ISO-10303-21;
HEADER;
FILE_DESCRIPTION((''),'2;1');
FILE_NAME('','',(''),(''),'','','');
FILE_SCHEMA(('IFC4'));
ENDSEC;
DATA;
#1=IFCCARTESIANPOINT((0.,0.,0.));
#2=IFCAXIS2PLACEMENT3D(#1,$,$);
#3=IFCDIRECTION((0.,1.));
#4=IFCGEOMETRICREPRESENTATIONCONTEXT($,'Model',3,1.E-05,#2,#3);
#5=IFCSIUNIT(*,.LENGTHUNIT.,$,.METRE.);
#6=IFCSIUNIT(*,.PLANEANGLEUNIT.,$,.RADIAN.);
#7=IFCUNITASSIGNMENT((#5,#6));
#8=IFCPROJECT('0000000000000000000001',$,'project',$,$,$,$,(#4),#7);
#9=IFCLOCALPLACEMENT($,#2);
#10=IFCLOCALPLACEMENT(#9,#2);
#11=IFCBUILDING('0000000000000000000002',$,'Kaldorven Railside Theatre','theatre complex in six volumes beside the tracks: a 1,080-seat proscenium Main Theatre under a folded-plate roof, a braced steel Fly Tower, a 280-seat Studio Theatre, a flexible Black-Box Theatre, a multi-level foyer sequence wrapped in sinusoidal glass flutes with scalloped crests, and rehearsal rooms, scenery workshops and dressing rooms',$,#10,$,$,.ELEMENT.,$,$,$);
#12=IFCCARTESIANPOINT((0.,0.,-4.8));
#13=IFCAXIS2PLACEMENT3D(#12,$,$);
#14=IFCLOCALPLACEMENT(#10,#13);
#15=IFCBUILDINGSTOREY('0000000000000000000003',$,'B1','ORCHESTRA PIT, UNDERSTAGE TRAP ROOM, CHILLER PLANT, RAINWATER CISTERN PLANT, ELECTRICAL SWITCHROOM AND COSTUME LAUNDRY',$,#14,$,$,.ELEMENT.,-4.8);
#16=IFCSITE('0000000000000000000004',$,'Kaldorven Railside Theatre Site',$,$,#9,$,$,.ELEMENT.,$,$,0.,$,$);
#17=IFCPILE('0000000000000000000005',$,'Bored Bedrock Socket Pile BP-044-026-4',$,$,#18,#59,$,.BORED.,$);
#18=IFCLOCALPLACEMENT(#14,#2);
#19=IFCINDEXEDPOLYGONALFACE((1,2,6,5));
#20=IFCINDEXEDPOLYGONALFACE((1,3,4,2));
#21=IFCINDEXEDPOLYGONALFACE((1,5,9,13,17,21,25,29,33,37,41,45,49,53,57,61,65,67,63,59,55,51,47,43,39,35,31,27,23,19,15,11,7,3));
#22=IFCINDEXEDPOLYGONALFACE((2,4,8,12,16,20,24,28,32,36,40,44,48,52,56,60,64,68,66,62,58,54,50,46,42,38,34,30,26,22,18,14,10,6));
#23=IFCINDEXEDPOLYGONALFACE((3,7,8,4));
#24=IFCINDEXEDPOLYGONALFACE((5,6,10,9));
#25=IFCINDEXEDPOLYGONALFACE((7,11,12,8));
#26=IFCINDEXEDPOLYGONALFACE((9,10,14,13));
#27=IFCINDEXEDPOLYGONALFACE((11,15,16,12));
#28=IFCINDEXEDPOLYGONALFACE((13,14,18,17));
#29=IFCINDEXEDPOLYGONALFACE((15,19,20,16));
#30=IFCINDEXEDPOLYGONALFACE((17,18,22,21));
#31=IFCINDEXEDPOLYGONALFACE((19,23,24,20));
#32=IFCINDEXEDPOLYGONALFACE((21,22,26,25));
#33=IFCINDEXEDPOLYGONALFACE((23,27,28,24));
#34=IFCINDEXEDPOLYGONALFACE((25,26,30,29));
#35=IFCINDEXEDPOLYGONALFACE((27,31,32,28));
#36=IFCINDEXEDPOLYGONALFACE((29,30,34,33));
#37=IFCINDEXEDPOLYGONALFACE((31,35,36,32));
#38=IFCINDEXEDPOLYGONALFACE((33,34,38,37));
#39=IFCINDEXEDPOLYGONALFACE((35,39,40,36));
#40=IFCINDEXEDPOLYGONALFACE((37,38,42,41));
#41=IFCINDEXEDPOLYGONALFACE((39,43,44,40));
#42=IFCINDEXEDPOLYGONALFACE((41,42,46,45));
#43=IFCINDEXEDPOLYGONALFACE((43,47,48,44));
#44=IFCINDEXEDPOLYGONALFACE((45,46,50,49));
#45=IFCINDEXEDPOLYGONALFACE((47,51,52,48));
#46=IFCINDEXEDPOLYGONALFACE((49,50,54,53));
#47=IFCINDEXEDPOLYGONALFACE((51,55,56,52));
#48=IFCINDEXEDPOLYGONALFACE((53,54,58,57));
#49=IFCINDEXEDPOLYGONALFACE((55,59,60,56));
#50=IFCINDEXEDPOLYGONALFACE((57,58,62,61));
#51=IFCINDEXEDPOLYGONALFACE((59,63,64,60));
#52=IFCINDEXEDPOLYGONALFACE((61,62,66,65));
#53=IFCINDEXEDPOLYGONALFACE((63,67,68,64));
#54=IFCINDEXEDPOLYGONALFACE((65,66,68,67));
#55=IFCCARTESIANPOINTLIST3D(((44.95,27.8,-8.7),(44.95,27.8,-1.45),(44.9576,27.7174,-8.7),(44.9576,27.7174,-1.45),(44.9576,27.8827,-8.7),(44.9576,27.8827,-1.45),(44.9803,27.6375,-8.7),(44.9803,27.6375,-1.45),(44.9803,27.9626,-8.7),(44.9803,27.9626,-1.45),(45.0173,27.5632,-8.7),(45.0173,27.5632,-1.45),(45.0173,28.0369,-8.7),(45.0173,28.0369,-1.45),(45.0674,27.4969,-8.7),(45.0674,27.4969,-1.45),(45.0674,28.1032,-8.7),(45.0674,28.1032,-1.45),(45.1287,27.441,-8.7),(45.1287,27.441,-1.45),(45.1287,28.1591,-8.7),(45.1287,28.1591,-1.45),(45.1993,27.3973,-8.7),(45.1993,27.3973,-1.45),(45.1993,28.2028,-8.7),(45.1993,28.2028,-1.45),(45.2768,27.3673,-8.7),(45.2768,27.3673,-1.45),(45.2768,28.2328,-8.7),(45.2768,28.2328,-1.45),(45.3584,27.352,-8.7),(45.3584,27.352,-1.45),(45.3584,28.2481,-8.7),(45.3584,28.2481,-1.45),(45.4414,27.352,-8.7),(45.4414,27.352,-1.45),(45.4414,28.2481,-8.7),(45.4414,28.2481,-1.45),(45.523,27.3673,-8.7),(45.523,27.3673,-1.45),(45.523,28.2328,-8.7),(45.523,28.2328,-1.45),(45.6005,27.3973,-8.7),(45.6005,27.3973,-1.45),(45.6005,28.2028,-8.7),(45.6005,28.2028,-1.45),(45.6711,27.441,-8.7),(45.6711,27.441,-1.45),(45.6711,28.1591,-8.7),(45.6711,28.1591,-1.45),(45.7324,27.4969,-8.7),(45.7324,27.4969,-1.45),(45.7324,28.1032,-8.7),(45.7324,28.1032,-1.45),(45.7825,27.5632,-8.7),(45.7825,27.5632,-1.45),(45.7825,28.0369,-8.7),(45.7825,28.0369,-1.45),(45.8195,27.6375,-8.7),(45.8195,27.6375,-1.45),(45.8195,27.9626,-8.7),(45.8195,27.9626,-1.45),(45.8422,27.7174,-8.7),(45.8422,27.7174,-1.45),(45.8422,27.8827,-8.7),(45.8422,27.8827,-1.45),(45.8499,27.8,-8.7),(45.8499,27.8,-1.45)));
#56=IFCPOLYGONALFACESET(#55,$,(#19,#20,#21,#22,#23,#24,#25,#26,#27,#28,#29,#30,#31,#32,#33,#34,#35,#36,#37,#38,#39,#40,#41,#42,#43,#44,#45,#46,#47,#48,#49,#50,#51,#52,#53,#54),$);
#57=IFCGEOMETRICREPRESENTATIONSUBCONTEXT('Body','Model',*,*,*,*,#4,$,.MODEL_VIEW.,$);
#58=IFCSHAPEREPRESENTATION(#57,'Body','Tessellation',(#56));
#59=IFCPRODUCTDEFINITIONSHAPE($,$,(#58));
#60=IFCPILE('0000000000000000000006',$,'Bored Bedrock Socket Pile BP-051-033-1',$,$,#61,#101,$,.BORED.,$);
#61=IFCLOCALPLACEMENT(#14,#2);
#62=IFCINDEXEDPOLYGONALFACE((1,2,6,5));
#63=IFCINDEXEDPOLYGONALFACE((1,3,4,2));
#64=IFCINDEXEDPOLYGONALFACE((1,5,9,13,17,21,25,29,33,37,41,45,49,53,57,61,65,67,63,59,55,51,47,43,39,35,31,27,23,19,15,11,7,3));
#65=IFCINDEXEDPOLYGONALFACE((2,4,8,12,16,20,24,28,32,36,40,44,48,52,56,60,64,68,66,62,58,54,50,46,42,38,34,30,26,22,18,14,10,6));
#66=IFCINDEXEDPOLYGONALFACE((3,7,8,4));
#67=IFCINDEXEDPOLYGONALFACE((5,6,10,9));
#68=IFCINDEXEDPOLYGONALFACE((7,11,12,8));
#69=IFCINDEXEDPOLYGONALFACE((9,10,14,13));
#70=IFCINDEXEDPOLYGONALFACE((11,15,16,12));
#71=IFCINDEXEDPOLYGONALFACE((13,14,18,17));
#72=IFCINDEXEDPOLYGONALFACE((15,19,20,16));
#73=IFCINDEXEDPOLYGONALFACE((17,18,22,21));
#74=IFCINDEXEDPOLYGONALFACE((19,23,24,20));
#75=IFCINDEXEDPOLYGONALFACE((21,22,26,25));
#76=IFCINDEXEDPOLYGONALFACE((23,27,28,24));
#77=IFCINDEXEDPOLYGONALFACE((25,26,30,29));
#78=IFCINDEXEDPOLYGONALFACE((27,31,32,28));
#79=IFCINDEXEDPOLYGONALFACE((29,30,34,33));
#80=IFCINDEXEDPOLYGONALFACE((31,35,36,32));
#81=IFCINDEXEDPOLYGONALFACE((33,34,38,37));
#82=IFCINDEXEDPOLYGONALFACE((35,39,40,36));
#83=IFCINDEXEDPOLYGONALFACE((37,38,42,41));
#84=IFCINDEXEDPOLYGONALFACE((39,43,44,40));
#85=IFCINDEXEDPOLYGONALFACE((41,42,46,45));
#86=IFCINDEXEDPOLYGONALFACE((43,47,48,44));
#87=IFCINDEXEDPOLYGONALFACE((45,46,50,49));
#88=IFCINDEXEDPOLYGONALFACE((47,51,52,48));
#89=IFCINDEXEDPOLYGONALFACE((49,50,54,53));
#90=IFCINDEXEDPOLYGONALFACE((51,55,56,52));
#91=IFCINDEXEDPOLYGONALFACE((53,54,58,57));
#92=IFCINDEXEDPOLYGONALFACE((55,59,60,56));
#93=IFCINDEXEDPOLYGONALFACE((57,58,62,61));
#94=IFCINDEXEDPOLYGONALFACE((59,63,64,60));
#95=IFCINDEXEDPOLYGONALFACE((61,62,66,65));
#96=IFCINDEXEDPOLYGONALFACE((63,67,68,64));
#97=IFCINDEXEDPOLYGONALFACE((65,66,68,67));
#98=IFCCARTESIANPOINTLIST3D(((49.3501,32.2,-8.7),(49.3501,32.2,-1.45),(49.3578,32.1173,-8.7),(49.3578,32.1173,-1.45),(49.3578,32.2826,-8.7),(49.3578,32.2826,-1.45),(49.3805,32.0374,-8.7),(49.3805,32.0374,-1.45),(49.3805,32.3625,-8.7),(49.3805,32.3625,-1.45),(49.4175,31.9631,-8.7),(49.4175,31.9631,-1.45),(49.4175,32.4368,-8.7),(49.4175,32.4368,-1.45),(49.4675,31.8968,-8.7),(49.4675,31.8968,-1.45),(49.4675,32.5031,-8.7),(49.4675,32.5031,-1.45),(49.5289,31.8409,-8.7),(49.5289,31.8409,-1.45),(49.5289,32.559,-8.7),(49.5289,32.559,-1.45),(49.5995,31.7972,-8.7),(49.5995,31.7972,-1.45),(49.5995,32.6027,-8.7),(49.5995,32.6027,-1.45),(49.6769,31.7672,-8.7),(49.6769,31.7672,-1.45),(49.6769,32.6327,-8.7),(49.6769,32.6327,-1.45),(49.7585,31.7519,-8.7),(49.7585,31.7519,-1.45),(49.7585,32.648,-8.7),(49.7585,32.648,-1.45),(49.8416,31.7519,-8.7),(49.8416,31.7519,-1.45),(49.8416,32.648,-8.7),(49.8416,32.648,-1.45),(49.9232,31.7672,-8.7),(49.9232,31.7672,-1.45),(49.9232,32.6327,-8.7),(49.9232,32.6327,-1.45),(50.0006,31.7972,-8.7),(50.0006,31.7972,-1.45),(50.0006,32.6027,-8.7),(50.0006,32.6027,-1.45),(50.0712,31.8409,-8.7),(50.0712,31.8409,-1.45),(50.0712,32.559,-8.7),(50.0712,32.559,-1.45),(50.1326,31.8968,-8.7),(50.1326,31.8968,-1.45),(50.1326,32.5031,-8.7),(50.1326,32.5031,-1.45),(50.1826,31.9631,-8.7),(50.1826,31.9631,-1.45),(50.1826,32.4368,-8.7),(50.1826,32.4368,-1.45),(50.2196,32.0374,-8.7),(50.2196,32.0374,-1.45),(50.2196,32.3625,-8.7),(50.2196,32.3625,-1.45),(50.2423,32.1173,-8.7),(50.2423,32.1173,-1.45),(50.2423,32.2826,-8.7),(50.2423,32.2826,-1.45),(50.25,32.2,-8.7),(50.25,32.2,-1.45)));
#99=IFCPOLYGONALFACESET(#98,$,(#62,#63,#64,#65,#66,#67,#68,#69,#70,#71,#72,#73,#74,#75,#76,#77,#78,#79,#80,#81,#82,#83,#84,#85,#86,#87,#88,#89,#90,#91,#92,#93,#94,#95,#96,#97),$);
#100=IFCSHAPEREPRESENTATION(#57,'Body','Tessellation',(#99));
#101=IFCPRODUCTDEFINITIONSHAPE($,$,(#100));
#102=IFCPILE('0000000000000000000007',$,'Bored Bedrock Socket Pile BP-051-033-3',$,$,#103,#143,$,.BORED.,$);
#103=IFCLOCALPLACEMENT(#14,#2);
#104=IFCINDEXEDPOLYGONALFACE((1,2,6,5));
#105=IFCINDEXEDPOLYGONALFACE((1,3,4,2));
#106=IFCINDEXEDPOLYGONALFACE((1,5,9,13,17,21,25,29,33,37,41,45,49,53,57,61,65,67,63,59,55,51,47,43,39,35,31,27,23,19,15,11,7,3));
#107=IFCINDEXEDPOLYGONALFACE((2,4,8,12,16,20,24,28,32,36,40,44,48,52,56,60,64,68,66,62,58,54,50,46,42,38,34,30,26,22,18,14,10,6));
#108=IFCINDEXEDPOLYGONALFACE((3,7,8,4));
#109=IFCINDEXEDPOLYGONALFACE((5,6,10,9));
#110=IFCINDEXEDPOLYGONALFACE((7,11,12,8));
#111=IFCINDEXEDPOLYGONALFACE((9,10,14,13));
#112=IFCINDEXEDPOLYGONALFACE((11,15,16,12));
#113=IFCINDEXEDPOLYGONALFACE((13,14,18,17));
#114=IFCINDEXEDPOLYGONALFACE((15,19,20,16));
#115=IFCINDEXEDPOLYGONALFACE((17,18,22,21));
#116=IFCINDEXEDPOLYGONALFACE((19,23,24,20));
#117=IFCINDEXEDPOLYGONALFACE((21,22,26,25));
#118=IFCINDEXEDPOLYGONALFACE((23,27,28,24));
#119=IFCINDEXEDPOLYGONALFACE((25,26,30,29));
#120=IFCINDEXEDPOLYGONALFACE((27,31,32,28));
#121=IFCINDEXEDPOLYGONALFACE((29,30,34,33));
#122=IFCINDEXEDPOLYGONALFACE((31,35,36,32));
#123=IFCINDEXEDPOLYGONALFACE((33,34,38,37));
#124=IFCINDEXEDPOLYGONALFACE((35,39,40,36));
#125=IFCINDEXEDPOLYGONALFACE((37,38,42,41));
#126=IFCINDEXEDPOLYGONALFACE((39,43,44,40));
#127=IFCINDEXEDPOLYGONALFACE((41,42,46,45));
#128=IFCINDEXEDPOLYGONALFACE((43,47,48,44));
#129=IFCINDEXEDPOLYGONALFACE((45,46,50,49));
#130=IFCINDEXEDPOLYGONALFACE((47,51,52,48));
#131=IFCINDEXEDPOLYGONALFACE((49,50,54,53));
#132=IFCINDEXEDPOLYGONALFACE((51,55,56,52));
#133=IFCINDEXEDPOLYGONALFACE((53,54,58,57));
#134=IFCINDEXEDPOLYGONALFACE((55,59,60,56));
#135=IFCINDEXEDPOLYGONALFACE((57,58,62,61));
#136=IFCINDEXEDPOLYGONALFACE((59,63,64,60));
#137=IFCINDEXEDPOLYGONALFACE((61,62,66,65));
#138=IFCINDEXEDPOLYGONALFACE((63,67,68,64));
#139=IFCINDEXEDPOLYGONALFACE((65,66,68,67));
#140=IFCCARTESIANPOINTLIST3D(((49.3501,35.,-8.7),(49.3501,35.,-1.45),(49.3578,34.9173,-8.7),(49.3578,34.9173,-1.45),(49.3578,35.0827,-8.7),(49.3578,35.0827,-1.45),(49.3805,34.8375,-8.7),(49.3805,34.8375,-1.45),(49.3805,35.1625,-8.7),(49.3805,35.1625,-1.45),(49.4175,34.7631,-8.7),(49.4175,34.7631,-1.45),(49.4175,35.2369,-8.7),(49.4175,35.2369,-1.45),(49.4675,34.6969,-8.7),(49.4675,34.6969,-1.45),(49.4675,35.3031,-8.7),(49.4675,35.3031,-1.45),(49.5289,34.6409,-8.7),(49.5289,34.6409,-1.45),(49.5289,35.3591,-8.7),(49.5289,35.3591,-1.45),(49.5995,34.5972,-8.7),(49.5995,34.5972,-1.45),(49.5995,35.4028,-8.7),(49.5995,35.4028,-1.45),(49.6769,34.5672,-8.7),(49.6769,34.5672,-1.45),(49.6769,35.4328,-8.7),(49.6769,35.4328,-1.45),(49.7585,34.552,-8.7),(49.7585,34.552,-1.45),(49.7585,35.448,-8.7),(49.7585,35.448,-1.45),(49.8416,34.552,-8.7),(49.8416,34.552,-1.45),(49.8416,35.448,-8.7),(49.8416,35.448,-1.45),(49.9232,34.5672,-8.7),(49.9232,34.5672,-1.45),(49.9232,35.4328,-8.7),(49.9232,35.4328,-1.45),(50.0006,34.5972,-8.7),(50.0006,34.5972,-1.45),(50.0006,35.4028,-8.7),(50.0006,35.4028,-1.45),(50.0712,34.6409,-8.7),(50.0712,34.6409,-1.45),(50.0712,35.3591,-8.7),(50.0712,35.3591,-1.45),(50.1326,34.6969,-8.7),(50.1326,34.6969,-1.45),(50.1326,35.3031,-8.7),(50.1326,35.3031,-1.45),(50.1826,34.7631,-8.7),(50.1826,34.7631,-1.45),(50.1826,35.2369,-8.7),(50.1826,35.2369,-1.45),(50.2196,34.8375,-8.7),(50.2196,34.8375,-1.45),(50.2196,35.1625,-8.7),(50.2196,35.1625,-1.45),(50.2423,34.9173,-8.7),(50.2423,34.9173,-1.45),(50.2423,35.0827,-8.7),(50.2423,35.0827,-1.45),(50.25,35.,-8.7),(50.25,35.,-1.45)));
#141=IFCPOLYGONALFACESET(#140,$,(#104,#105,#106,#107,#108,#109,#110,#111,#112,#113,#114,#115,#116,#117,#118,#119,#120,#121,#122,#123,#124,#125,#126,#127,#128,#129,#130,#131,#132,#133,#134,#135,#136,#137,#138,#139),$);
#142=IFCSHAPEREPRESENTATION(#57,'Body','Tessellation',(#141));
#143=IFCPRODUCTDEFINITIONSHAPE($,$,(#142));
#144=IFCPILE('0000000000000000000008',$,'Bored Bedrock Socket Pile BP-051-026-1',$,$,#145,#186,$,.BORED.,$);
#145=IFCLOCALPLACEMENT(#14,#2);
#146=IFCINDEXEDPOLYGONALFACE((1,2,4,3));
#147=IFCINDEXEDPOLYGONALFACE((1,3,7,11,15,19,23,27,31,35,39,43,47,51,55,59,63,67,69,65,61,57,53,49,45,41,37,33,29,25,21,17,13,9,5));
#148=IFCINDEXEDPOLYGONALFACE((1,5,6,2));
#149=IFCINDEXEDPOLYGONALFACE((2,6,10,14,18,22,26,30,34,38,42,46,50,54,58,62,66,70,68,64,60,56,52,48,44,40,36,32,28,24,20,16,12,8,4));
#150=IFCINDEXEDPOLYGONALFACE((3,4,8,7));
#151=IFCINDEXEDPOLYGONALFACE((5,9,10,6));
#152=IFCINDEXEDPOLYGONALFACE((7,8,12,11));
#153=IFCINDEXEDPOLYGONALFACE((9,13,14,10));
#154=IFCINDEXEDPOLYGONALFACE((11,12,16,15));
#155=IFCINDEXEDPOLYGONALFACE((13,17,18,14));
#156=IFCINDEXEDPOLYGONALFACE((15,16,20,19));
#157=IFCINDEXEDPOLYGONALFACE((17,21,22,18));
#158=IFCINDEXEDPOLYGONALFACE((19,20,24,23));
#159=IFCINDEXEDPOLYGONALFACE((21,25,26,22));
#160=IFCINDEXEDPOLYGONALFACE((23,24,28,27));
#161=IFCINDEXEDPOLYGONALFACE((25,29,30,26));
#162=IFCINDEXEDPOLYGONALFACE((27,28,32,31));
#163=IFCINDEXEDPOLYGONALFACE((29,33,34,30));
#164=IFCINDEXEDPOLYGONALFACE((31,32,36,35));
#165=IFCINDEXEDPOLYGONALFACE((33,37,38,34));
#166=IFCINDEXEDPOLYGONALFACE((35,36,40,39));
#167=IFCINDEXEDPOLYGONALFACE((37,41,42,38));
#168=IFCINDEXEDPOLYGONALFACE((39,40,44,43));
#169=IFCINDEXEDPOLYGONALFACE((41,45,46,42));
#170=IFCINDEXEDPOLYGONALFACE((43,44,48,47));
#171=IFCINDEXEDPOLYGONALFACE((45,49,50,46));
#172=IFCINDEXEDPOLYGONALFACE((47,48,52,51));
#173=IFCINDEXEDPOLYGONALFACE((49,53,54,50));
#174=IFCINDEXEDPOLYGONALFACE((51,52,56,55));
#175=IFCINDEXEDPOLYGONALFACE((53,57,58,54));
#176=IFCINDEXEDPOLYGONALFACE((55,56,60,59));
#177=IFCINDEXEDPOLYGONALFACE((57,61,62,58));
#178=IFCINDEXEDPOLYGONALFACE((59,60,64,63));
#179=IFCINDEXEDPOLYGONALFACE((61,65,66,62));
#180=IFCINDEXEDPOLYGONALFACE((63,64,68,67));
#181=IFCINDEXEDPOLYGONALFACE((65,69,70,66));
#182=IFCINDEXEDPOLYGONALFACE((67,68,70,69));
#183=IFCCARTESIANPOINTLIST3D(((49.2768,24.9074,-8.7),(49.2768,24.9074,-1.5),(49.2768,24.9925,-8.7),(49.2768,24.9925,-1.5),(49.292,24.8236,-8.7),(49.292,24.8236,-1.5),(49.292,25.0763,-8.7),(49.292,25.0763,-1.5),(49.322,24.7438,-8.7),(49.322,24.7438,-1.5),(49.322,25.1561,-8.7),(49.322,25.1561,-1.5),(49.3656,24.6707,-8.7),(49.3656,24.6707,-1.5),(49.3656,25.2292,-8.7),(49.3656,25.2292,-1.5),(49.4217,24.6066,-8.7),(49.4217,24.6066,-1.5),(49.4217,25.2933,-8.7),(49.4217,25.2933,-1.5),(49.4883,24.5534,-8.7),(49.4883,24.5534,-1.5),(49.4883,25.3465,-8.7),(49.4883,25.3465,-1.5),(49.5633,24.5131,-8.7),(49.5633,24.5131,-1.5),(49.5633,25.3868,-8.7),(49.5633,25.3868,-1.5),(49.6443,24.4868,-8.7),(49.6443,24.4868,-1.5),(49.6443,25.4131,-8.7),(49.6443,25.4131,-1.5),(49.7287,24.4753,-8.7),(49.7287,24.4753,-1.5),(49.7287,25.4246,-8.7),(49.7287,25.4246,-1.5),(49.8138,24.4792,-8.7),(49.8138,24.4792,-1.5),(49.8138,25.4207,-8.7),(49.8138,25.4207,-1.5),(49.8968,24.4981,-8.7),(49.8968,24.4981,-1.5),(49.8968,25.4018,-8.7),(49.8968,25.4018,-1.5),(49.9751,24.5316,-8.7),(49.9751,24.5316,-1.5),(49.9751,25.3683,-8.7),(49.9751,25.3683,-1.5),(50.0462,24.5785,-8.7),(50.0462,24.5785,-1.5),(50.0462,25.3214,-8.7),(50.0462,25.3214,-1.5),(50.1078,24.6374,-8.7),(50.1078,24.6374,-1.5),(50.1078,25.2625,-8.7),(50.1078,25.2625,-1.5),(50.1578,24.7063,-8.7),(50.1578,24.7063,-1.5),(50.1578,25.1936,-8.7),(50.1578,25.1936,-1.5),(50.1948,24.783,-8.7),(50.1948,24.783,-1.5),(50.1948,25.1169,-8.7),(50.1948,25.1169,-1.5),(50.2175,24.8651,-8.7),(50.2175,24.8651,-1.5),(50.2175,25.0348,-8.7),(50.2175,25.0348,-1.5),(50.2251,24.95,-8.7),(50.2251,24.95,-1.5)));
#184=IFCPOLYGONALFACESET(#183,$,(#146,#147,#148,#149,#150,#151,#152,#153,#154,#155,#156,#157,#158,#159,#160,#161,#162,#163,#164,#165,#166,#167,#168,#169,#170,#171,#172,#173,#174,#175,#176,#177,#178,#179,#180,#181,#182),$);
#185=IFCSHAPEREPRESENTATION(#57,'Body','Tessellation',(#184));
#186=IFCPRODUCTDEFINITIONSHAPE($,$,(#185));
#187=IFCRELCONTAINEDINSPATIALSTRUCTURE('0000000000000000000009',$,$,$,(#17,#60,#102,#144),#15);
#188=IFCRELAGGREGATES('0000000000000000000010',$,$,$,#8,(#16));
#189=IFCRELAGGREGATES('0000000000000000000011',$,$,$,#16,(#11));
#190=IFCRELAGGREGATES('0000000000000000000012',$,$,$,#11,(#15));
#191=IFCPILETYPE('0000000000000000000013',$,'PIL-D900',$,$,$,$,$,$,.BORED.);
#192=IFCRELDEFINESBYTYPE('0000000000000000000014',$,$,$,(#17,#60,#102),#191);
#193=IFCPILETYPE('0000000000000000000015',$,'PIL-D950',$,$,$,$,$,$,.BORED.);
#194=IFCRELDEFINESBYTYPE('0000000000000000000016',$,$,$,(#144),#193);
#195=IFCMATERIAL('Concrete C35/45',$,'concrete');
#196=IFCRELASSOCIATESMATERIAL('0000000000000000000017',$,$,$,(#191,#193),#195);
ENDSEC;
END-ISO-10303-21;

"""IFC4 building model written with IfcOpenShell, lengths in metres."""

from ifc_helpers import new_model, si_unit, direction, frame, origin, origin_2d, place, context, subcontext, project, spatial, circle, extrude, material, material_profile, profile_set, type_object, element, save


model = new_model("IFC4")

# Units and contexts
model_context = context("Model", 3, precision=1e-05, world=origin(), true_north=direction((0.0, 1.0)))
body_context = subcontext(model_context, "Body", "Model", "MODEL_VIEW")
ifc_project = project(units=[si_unit("LENGTHUNIT", "METRE"), si_unit("PLANEANGLEUNIT", "RADIAN")], contexts=[model_context])

# Site, building, storey
site_placement = place(None, origin())
site = spatial("IfcSite", under=ifc_project, at=site_placement, Name="Kaldorven Railside Theatre Site", CompositionType="ELEMENT", RefElevation=0.0)
building_placement = place(site_placement, origin())
building = spatial("IfcBuilding", under=site, at=building_placement, Name="Kaldorven Railside Theatre", Description="theatre complex in six volumes beside the tracks: a 1,080-seat proscenium Main Theatre under a folded-plate roof, a braced steel Fly Tower, a 280-seat Studio Theatre, a flexible Black-Box Theatre, a multi-level foyer sequence wrapped in sinusoidal glass flutes with scalloped crests, and rehearsal rooms, scenery workshops and dressing rooms", CompositionType="ELEMENT")
storey_placement = place(building_placement, frame((0.0, 0.0, -4.8)))
storey = spatial("IfcBuildingStorey", under=building, at=storey_placement, Name="B1", Description="ORCHESTRA PIT, UNDERSTAGE TRAP ROOM, CHILLER PLANT, RAINWATER CISTERN PLANT, ELECTRICAL SWITCHROOM AND COSTUME LAUNDRY", CompositionType="ELEMENT", Elevation=-4.8)

# Piles
ifc_material_1 = material(Name="Concrete C35/45", Category="concrete")
ifc_material_profile_1 = material_profile(ifc_material_1, circle(Radius=0.45, at=origin_2d()), Name="BP D900")
ifc_profile_set_1 = profile_set([ifc_material_profile_1], Name="Concrete C35/45")
pile_type_1 = type_object("IfcPileType", Name="PIL-D900", PredefinedType="BORED", material=ifc_profile_set_1)
for number, where, z_axis, x_axis, name in (
    (1, (45.3999, 27.8, -1.45), (0.0, 0.0, -1.0), (1.0, 0.0, 0.0), "Bored Bedrock Socket Pile BP-044-026-4"),
    (2, (49.8, 32.2, -1.45), (0.0, 0.0, -1.0), (1.0, 0.0, 0.0), "Bored Bedrock Socket Pile BP-051-033-1"),
    (3, (49.8, 35.0, -1.45), (0.0, 0.0, -1.0), (1.0, 0.0, 0.0), "Bored Bedrock Socket Pile BP-051-033-3"),
):
    element("IfcPile", number, at=place(storey_placement, frame(where, z_axis=z_axis, x_axis=x_axis)), inside=storey, type_object=pile_type_1, Name=name, PredefinedType="BORED", context=body_context, shape_type="SweptSolid", body=[
        extrude(circle(Radius=0.45, at=origin_2d()), origin(), (0.0, 0.0, 1.0), 7.25),
    ])
ifc_material_profile_2 = material_profile(ifc_material_1, circle(Radius=0.4751, at=origin_2d()), Name="BP D950")
ifc_profile_set_2 = profile_set([ifc_material_profile_2], Name="Concrete C35/45")
pile_type_2 = type_object("IfcPileType", Name="PIL-D950", PredefinedType="BORED", material=ifc_profile_set_2)
for number, where, z_axis, x_axis, name in (
    (4, (49.75, 24.95, -1.5), (0.0, 0.0, -1.0), (1.0, 0.0, 0.0), "Bored Bedrock Socket Pile BP-051-026-1"),
):
    element("IfcPile", number, at=place(storey_placement, frame(where, z_axis=z_axis, x_axis=x_axis)), inside=storey, type_object=pile_type_2, Name=name, PredefinedType="BORED", context=body_context, shape_type="SweptSolid", body=[
        extrude(circle(Radius=0.4751, at=origin_2d()), origin(), (0.0, 0.0, 1.0), 7.2),
    ])

save(model, "model.ifc")
